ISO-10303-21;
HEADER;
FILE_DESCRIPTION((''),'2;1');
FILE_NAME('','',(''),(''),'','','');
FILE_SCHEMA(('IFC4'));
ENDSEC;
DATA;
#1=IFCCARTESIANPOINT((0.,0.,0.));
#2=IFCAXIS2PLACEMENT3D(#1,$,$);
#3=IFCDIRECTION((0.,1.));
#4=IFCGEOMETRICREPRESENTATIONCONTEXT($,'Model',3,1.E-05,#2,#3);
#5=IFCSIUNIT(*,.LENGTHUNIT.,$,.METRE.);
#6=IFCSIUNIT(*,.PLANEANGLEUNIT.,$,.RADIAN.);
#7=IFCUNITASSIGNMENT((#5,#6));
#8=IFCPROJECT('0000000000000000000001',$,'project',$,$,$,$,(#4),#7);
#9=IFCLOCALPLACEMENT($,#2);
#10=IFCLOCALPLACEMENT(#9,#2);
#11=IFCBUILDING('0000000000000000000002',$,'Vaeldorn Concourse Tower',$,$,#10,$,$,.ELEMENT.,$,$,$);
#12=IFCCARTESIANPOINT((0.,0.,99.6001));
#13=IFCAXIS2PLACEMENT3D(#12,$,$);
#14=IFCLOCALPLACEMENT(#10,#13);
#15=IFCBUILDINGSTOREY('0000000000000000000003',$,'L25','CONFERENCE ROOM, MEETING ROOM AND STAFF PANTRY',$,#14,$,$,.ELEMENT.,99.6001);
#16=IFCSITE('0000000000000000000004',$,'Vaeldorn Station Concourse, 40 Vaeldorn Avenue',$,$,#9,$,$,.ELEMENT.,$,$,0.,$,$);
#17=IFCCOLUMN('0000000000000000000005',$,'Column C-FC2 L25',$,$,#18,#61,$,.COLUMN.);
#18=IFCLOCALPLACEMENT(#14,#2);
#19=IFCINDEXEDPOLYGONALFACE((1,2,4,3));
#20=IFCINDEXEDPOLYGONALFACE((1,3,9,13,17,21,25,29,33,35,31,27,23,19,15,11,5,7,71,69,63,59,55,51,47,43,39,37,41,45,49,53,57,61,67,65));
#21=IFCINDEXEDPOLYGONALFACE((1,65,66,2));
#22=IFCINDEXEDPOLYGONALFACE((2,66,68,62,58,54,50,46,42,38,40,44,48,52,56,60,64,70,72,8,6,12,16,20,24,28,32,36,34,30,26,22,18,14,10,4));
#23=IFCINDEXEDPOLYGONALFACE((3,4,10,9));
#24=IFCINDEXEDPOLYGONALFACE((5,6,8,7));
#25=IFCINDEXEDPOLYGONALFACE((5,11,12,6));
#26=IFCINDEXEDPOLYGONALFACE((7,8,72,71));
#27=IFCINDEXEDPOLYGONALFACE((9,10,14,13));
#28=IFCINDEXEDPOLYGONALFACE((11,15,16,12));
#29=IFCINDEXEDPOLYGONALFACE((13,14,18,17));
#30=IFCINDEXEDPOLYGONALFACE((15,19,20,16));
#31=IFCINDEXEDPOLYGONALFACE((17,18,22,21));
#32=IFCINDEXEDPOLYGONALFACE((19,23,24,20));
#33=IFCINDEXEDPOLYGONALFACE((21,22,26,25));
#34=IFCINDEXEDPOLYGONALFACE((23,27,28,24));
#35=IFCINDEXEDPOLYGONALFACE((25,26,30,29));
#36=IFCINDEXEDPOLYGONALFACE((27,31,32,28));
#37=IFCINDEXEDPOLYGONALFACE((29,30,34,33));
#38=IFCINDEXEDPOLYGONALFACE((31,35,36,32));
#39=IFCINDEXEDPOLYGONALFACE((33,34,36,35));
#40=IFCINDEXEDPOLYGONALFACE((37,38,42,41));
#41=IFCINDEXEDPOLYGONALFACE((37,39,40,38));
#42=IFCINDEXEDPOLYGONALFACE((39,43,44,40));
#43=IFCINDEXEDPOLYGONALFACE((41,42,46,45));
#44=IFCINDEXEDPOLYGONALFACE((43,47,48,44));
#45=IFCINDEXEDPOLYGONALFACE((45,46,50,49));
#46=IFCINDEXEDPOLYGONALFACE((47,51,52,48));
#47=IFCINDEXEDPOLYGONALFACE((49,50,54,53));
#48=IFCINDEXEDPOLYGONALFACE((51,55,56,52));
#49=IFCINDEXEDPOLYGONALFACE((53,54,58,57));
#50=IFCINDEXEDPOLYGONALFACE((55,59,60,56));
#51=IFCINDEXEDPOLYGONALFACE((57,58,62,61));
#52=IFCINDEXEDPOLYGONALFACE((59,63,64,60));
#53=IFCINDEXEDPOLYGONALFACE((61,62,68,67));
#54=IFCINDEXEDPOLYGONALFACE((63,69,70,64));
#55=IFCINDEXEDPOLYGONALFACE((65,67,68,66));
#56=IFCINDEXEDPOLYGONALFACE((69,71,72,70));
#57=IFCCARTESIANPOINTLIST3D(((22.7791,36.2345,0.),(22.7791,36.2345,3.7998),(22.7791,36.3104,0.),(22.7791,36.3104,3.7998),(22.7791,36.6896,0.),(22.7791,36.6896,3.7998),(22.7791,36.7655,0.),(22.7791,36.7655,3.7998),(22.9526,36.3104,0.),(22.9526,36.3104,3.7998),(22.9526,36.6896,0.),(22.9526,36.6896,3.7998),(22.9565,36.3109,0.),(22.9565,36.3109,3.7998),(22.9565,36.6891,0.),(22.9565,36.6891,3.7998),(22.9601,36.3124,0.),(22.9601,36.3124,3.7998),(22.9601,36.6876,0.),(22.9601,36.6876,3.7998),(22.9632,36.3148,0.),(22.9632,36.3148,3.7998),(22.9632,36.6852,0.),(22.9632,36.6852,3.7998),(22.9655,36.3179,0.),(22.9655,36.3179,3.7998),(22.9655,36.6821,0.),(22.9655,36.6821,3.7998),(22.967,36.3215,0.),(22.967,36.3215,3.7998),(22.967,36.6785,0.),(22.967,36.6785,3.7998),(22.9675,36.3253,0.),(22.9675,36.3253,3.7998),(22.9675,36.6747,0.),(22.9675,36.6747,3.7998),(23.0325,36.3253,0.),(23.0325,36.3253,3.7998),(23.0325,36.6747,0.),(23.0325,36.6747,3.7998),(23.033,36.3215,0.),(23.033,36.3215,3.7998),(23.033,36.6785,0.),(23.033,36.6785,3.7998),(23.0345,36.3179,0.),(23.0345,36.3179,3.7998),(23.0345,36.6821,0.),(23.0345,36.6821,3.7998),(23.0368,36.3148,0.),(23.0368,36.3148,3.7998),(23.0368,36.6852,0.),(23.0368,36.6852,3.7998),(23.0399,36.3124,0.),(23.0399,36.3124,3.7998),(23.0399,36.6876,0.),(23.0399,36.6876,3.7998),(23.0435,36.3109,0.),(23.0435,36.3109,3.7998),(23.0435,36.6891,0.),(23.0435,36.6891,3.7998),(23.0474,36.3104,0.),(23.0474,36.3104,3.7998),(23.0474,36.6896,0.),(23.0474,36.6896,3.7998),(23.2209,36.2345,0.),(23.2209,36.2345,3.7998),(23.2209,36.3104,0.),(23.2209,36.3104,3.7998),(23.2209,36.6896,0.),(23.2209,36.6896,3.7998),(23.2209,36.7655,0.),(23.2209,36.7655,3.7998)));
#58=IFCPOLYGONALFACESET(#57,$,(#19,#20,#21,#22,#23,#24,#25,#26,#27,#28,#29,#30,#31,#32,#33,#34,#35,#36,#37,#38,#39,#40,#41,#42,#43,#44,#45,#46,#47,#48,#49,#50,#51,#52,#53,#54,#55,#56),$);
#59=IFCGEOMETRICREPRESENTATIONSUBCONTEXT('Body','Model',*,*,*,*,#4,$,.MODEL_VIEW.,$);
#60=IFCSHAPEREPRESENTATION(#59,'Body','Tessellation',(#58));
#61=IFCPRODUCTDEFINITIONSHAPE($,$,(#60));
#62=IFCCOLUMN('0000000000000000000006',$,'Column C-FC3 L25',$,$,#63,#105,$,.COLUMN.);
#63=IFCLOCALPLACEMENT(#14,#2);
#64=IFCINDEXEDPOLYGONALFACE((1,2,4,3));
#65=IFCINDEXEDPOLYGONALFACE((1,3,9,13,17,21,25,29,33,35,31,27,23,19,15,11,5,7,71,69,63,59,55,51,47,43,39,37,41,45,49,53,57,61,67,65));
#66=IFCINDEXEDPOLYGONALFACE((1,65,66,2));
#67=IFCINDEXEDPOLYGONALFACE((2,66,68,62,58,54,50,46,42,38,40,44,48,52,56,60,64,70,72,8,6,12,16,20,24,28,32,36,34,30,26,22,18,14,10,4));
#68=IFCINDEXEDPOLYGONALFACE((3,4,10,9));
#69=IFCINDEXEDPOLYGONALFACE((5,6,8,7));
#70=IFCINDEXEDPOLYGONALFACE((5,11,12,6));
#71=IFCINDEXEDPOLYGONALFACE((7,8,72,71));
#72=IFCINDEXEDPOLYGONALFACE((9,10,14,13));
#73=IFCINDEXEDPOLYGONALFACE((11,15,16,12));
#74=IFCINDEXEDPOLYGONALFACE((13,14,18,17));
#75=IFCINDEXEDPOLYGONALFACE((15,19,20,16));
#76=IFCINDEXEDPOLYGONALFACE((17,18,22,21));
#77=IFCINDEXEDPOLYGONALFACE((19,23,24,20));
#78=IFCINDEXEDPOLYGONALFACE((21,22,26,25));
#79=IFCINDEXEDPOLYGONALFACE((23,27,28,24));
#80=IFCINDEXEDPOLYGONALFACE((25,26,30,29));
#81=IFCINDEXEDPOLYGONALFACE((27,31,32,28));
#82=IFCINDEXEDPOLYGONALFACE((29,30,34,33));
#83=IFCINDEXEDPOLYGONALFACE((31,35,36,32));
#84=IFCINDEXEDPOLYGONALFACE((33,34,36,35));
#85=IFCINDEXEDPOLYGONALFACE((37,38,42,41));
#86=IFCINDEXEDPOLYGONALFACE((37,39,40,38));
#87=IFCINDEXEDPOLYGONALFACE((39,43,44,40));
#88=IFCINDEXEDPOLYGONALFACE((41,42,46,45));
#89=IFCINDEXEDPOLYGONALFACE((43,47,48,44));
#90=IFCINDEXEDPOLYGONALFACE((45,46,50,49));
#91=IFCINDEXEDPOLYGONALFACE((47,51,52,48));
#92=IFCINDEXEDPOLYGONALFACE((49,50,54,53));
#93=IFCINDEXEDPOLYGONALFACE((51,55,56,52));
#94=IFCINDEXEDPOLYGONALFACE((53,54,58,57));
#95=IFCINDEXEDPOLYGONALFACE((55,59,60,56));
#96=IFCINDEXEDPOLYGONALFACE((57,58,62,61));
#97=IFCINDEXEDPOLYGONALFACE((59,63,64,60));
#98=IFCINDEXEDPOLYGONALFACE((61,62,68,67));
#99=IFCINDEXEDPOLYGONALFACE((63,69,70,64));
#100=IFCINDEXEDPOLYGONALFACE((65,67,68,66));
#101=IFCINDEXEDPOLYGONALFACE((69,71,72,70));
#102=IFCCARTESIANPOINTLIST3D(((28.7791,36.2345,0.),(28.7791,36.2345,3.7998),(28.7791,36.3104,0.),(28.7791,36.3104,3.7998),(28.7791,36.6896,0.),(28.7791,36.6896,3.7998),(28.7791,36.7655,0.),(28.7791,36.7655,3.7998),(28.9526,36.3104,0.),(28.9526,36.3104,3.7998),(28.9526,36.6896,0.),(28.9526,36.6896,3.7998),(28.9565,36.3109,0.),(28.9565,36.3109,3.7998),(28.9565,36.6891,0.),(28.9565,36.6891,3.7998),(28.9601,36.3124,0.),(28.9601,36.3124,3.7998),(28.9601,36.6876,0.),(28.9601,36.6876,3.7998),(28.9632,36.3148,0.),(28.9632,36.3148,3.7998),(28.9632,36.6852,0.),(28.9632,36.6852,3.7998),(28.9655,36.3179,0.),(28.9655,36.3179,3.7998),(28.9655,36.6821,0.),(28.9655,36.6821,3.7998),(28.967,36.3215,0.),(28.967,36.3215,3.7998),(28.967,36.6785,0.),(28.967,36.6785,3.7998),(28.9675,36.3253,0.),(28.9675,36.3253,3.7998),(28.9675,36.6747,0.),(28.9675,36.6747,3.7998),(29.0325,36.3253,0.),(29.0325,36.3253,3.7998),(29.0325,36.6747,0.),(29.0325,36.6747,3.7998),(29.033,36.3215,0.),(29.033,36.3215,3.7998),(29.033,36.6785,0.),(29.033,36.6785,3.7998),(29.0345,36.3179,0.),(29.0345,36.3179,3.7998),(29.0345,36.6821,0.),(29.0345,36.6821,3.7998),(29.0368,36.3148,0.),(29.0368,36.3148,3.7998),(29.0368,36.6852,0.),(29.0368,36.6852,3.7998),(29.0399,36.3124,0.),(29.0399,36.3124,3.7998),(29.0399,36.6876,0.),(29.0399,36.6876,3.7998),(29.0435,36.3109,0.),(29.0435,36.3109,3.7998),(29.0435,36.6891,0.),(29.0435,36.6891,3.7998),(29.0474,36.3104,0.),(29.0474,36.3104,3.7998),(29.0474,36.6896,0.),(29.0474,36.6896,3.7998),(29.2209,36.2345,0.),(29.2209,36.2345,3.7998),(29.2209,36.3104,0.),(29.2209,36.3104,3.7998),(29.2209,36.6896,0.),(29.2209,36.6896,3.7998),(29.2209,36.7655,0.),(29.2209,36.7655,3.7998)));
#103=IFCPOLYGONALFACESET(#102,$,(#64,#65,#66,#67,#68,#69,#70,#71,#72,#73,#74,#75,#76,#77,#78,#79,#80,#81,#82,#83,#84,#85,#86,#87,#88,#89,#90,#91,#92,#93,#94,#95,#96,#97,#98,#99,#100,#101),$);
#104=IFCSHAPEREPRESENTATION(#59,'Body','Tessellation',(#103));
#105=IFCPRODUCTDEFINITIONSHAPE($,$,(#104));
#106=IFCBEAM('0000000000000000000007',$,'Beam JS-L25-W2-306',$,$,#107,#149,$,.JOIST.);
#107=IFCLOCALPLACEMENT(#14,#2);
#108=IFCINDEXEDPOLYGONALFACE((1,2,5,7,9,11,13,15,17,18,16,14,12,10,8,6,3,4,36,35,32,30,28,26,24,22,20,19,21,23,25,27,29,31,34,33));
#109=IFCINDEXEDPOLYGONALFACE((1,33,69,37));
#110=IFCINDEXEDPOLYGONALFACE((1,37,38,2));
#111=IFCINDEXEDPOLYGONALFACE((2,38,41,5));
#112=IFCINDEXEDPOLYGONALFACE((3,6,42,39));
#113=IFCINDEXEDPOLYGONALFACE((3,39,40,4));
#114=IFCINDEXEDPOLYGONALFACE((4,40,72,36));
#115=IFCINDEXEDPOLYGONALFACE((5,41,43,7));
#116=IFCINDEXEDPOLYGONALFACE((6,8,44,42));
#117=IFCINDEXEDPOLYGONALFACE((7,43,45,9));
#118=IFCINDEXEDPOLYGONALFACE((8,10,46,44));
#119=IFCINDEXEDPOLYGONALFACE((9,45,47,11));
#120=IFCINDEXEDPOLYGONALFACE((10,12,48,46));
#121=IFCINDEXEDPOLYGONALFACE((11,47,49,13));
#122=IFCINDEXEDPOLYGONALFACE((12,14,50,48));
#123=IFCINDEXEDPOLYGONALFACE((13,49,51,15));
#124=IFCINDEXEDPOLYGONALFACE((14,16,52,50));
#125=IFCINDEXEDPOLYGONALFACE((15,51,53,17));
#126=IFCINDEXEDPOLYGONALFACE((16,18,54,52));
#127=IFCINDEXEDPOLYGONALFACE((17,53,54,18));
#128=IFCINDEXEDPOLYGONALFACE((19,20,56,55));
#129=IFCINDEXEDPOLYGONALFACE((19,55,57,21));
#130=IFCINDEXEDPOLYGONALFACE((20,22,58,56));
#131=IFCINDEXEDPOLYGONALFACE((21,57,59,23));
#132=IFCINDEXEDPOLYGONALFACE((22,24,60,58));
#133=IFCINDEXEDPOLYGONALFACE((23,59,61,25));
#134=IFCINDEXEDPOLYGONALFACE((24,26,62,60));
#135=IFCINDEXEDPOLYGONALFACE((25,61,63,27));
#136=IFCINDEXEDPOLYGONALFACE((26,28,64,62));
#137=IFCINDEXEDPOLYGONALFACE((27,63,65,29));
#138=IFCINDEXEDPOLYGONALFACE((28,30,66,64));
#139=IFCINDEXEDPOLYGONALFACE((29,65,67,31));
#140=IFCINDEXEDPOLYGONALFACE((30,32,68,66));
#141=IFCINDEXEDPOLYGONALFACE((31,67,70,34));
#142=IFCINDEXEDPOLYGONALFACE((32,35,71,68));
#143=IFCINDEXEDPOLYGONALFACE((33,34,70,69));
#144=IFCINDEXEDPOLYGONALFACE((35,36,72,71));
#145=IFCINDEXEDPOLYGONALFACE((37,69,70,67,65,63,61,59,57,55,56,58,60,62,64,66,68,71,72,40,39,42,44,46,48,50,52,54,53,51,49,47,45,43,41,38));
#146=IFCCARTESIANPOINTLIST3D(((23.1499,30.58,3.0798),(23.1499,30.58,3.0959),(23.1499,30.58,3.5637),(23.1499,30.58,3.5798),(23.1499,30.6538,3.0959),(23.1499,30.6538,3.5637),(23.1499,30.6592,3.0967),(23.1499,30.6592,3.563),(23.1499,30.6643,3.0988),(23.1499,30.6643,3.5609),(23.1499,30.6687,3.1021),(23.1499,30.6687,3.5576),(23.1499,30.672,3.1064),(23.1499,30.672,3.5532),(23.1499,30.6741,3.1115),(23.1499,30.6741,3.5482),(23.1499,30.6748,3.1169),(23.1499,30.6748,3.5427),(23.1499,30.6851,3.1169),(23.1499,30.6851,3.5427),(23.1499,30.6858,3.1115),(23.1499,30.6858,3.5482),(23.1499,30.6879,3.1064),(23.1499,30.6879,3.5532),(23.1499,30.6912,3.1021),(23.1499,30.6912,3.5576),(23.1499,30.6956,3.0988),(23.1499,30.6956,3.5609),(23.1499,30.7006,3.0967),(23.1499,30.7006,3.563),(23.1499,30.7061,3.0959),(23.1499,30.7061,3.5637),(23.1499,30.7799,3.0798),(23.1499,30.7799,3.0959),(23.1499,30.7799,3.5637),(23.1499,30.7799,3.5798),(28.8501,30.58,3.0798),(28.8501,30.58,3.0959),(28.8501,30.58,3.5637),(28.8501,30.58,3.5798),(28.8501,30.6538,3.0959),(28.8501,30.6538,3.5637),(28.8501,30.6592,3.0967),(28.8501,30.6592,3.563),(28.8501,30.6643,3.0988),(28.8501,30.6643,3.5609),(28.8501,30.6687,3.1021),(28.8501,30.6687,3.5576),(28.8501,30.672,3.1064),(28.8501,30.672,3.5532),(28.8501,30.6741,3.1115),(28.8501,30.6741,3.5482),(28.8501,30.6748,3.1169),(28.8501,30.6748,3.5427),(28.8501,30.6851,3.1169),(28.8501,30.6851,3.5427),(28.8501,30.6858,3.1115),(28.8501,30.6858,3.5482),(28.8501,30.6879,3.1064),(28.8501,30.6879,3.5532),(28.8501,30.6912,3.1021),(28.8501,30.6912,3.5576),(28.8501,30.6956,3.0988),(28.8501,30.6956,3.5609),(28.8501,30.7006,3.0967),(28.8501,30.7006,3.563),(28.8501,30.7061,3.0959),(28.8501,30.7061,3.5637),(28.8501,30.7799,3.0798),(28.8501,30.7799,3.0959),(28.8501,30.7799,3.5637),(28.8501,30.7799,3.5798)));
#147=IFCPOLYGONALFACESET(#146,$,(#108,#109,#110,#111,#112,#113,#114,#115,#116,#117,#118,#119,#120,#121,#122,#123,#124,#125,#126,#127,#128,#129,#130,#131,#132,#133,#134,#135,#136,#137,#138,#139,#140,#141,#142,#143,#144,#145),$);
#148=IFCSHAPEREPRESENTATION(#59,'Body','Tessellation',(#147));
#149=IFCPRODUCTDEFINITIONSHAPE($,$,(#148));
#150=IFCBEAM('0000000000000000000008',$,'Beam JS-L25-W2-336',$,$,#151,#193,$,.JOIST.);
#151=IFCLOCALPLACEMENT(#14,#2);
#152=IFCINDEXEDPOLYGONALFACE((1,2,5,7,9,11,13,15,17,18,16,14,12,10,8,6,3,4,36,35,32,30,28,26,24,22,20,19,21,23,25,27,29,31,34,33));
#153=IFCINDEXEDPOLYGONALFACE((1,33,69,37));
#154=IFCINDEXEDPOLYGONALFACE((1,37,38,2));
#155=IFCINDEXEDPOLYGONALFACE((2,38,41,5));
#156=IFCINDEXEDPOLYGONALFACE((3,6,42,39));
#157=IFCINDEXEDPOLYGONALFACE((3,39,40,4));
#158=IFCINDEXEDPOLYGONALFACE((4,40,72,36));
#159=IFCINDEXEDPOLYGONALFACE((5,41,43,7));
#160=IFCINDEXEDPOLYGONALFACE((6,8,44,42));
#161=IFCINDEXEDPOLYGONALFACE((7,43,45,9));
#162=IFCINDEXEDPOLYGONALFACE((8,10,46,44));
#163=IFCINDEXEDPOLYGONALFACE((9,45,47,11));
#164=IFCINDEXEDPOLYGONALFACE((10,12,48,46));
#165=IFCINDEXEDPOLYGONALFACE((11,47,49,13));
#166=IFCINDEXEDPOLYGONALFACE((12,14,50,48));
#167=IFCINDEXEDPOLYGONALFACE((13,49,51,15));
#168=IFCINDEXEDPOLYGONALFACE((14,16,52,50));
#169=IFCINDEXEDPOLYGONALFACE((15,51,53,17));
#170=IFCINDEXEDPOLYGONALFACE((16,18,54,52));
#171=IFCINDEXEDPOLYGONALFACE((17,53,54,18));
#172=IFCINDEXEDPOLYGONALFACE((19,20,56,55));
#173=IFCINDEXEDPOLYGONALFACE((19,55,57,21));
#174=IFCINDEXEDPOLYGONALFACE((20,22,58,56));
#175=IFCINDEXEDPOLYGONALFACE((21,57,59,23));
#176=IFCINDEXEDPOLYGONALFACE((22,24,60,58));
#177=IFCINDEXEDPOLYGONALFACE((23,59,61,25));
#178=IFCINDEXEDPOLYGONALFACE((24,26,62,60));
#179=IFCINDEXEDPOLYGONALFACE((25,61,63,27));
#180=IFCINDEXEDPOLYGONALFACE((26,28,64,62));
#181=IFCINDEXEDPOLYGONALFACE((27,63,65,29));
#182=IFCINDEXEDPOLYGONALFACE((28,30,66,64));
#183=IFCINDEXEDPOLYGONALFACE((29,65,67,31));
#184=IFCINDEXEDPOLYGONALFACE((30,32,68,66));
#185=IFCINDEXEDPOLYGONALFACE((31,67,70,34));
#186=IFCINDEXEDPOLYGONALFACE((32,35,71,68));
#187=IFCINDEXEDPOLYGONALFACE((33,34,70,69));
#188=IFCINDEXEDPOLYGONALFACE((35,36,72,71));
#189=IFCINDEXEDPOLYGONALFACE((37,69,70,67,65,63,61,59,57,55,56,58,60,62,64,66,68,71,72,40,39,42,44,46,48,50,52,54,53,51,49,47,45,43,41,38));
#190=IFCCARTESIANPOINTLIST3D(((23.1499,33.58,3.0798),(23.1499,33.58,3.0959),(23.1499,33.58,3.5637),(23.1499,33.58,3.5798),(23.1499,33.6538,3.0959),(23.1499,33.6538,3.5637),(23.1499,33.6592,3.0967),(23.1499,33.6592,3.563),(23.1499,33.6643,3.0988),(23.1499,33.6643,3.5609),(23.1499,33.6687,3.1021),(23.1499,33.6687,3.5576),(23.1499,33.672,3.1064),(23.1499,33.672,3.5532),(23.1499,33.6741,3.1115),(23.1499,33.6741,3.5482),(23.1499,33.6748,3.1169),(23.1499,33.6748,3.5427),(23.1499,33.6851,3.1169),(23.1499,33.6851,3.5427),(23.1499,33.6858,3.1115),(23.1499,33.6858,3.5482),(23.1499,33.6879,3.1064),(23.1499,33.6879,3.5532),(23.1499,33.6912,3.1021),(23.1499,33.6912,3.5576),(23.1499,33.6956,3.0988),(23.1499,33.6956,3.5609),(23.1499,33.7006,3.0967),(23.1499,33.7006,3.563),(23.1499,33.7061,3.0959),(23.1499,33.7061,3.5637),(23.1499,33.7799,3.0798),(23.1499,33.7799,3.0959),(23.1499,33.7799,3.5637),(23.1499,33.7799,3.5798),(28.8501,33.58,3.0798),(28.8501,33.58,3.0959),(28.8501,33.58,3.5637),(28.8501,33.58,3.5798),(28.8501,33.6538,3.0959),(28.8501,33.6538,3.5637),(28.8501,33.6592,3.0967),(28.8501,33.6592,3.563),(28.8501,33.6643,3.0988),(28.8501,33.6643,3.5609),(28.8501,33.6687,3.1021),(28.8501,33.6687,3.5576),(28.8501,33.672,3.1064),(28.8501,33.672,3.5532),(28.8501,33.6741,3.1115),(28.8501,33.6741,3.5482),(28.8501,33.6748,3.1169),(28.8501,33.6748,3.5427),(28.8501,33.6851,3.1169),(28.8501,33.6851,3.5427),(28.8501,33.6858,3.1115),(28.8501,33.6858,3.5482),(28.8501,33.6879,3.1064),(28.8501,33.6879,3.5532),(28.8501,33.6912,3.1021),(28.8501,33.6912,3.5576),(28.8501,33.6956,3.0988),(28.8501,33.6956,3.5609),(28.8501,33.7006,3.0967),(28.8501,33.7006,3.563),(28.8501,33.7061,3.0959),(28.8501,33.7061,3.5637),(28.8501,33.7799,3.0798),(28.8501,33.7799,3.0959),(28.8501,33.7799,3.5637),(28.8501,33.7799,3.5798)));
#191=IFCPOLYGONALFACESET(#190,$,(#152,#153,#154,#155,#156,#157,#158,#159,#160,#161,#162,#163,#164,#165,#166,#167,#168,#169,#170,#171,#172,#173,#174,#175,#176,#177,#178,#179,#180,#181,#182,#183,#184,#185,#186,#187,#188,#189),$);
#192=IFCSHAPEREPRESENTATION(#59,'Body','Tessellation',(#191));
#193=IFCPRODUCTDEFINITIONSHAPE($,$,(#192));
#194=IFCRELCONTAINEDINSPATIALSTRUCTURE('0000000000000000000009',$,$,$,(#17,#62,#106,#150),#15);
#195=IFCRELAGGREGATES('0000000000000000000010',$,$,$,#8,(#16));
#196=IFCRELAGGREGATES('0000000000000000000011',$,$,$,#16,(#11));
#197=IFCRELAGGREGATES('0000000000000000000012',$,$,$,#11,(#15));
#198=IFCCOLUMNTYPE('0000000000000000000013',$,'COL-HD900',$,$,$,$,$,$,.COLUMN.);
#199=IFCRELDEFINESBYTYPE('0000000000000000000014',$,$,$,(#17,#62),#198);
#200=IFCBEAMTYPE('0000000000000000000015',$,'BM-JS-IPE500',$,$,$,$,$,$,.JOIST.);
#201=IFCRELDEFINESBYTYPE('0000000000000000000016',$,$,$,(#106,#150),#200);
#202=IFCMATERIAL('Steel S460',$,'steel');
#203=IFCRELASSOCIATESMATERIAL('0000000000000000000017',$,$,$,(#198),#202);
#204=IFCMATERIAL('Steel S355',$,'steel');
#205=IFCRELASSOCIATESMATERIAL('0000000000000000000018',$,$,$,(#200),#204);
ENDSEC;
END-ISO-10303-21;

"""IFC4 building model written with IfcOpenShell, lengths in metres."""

from ifc_helpers import new_model, si_unit, direction, frame, origin, origin_2d, place, context, subcontext, project, spatial, i_section, extrude, source, transform, mapped, material, material_profile, profile_set, type_object, element, save


model = new_model("IFC4")

# Units and contexts
model_context = context("Model", 3, precision=1e-05, world=origin(), true_north=direction((0.0, 1.0)))
body_context = subcontext(model_context, "Body", "Model", "MODEL_VIEW")
ifc_project = project(units=[si_unit("LENGTHUNIT", "METRE"), si_unit("PLANEANGLEUNIT", "RADIAN")], contexts=[model_context])

# Site, building, storey
site_placement = place(None, origin())
site = spatial("IfcSite", under=ifc_project, at=site_placement, Name="Vaeldorn Station Concourse, 40 Vaeldorn Avenue", CompositionType="ELEMENT", RefElevation=0.0)
building_placement = place(site_placement, origin())
building = spatial("IfcBuilding", under=site, at=building_placement, Name="Vaeldorn Concourse Tower", CompositionType="ELEMENT")
storey_placement = place(building_placement, frame((0.0, 0.0, 99.6001)))
storey = spatial("IfcBuildingStorey", under=building, at=storey_placement, Name="L25", Description="CONFERENCE ROOM, MEETING ROOM AND STAFF PANTRY", CompositionType="ELEMENT", Elevation=99.6001)

# Columns
ifc_material_1 = material(Name="Steel S460", Category="steel")
ifc_material_profile_1 = material_profile(ifc_material_1, i_section(OverallWidth=0.4419, OverallDepth=0.531, WebThickness=0.0649, FlangeThickness=0.0759, FilletRadius=0.0149, at=origin_2d()), Name="HD 400x900")
ifc_profile_set_1 = profile_set([ifc_material_profile_1], Name="Steel S460")
column_type = type_object("IfcColumnType", Name="COL-HD900", PredefinedType="COLUMN", material=ifc_profile_set_1)
shared_shape_1 = source(origin(), body_context, "Body", "SweptSolid", [
    extrude(i_section(OverallWidth=0.4419, OverallDepth=0.531, WebThickness=0.0649, FlangeThickness=0.0759, FilletRadius=0.0149, at=origin_2d()), origin(), (0.0, 0.0, 1.0), 3.7998),
])
for number, where, z_axis, x_axis, name in (
    (1, (23.0, 36.5, 0.0), (0.0, 0.0, 1.0), (1.0, 0.0, 0.0), "Column C-FC2 L25"),
    (2, (29.0, 36.5, 0.0), (0.0, 0.0, 1.0), (1.0, 0.0, 0.0), "Column C-FC3 L25"),
):
    element("IfcColumn", number, at=place(storey_placement, frame(where, z_axis=z_axis, x_axis=x_axis)), inside=storey, type_object=column_type, Name=name, PredefinedType="COLUMN", context=body_context, shape_type="MappedRepresentation", body=[
        mapped(shared_shape_1, transform((0.0, 0.0, 0.0), scale=1.0)),
    ])

# Beams
ifc_material_2 = material(Name="Steel S355", Category="steel")
ifc_material_profile_2 = material_profile(ifc_material_2, i_section(OverallWidth=0.2, OverallDepth=0.5, WebThickness=0.0103, FlangeThickness=0.0161, FilletRadius=0.021, at=origin_2d()), Name="IPE 500")
ifc_profile_set_2 = profile_set([ifc_material_profile_2], Name="Steel S355")
beam_type_1 = type_object("IfcBeamType", Name="BM-JS-IPE500", PredefinedType="JOIST", material=ifc_profile_set_2)
shared_shape_2 = source(origin(), body_context, "Body", "SweptSolid", [
    extrude(i_section(OverallWidth=0.2, OverallDepth=0.5, WebThickness=0.0103, FlangeThickness=0.0161, FilletRadius=0.021, at=origin_2d()), origin(), (0.0, 0.0, 1.0), 5.7002),
])
for number, where, z_axis, x_axis, name in (
    (3, (23.1499, 30.6799, 3.3298), (1.0, 0.0, 0.0), (0.0, 1.0, 0.0), "Beam JS-L25-W2-306"),
    (4, (23.1499, 33.6799, 3.3298), (1.0, 0.0, 0.0), (0.0, 1.0, 0.0), "Beam JS-L25-W2-336"),
):
    element("IfcBeam", number, at=place(storey_placement, frame(where, z_axis=z_axis, x_axis=x_axis)), inside=storey, type_object=beam_type_1, Name=name, PredefinedType="JOIST", context=body_context, shape_type="MappedRepresentation", body=[
        mapped(shared_shape_2, transform((0.0, 0.0, 0.0), scale=1.0)),
    ])

save(model, "model.ifc")
